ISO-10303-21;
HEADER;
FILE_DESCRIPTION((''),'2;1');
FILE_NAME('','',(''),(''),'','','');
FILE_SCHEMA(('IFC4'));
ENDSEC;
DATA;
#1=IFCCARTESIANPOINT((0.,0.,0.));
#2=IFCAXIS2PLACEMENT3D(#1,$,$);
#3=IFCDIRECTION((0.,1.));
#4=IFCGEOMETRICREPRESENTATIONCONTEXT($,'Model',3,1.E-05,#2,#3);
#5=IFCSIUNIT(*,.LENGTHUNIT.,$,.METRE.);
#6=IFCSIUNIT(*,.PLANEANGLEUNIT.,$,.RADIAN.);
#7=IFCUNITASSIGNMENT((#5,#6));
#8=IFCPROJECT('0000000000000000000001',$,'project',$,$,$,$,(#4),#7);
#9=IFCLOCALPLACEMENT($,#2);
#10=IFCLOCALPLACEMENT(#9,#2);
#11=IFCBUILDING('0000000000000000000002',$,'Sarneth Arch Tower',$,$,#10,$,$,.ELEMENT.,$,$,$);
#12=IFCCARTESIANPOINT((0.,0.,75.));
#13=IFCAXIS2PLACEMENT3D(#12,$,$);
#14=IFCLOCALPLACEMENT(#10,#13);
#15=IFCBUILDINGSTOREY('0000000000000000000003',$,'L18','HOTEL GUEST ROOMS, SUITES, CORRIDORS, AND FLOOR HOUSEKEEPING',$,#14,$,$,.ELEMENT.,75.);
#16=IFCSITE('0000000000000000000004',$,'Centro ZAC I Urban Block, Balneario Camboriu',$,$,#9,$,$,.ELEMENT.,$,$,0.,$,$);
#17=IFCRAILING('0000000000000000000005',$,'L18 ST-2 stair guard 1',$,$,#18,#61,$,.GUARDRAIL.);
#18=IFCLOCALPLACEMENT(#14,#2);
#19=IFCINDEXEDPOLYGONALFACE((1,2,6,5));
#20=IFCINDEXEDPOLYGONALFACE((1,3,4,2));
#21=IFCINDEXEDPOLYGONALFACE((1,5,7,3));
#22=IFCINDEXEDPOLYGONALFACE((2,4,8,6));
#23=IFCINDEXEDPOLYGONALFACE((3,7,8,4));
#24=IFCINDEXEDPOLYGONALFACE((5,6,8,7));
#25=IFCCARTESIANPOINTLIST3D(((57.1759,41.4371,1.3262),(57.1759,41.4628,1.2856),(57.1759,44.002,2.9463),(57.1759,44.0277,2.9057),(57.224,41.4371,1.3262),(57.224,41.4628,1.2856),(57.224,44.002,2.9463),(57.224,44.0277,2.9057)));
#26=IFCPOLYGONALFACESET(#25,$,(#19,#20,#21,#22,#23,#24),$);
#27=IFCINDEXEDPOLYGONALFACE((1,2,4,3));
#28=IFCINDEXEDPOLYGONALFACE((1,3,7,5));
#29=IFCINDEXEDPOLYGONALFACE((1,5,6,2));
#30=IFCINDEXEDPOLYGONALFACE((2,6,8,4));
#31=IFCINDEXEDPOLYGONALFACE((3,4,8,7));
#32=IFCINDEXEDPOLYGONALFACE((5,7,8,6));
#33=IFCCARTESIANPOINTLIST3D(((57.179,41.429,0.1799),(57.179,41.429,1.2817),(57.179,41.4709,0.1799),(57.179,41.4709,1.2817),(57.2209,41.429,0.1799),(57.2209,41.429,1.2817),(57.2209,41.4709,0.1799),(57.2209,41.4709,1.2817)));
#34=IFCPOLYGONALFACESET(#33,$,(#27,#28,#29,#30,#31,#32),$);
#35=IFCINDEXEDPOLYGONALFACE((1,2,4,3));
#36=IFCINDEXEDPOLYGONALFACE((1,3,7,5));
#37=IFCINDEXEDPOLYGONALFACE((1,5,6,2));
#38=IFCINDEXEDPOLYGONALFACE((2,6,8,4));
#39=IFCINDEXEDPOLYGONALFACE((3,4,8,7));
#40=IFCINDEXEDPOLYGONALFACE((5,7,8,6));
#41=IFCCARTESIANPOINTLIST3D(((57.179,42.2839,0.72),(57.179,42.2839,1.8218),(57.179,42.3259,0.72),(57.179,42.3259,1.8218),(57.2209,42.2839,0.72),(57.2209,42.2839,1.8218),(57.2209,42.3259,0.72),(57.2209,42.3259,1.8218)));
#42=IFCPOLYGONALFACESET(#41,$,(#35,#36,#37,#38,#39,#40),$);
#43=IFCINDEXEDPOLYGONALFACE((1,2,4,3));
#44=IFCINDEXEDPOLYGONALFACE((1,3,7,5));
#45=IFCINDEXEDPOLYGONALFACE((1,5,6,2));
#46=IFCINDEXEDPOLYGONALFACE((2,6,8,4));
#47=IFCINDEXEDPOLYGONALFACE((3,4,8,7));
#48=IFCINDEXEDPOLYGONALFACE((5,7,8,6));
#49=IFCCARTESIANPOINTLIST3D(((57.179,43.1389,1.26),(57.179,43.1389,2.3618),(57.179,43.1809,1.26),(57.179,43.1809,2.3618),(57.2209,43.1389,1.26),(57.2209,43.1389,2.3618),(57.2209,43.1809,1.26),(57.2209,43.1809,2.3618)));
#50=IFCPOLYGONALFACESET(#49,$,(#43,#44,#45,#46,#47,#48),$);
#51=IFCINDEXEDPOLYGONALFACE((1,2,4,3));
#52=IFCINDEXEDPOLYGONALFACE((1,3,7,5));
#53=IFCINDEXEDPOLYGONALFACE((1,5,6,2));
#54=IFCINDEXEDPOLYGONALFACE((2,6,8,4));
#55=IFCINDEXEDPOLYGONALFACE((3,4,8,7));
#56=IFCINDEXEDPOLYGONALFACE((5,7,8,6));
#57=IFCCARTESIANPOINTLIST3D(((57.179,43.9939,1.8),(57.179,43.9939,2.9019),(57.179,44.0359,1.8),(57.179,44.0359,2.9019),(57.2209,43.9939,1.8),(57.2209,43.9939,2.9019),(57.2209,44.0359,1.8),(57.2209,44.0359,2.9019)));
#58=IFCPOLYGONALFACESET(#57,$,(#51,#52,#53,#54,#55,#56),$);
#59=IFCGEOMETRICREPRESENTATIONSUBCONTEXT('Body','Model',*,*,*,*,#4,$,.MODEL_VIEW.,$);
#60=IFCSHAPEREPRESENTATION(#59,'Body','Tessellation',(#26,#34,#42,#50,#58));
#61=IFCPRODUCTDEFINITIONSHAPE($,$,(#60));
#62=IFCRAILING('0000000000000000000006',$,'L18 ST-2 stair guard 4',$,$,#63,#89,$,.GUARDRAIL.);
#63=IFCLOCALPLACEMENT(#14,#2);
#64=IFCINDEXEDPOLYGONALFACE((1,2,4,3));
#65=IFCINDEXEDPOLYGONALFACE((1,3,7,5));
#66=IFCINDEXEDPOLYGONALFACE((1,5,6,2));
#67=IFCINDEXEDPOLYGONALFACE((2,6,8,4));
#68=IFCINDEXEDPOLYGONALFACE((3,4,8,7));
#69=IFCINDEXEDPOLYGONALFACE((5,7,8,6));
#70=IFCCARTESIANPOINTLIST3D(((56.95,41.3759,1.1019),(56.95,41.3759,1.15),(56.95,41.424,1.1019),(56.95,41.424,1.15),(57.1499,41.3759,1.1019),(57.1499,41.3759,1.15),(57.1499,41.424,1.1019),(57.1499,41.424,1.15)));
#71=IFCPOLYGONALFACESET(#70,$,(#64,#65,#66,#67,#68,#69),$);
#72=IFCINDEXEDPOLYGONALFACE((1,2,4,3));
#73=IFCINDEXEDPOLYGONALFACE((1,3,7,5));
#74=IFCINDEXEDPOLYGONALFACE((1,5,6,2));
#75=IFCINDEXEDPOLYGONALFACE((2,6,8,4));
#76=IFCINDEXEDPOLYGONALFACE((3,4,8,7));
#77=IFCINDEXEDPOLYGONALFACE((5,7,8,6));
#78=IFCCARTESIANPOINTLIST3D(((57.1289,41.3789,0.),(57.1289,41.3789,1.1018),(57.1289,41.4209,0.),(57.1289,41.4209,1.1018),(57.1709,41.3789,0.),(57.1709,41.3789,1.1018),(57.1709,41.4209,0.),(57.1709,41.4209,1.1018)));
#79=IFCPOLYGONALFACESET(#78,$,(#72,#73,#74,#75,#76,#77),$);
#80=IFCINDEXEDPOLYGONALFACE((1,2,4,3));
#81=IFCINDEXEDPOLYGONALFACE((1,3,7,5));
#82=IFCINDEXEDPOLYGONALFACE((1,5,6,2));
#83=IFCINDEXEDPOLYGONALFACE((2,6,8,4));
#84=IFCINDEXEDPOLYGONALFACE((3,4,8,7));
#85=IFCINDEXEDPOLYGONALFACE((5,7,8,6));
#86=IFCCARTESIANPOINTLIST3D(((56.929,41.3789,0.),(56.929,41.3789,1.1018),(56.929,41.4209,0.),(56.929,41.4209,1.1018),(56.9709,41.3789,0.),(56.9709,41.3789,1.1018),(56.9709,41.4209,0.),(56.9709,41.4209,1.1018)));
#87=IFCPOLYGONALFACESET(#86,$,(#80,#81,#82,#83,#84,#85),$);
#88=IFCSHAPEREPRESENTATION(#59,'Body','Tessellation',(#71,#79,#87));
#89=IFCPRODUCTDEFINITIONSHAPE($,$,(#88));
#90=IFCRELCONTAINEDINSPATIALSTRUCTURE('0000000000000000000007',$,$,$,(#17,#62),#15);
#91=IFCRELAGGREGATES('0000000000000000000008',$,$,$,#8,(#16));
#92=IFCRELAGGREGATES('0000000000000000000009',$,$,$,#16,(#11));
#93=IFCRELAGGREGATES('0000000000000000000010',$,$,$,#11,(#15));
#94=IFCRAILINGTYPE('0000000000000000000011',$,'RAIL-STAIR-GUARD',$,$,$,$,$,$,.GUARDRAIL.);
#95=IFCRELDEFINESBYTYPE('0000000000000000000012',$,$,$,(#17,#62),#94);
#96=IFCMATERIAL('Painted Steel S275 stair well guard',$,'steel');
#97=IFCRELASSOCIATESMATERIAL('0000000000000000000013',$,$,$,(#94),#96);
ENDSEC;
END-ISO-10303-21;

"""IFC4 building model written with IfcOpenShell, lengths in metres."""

from ifc_helpers import new_model, si_unit, direction, frame, origin, origin_2d, place, context, subcontext, project, spatial, rectangle, extrude, material, type_object, element, save


model = new_model("IFC4")

# Units and contexts
model_context = context("Model", 3, precision=1e-05, world=origin(), true_north=direction((0.0, 1.0)))
body_context = subcontext(model_context, "Body", "Model", "MODEL_VIEW")
ifc_project = project(units=[si_unit("LENGTHUNIT", "METRE"), si_unit("PLANEANGLEUNIT", "RADIAN")], contexts=[model_context])

# Site, building, storey
site_placement = place(None, origin())
site = spatial("IfcSite", under=ifc_project, at=site_placement, Name="Centro ZAC I Urban Block, Balneario Camboriu", CompositionType="ELEMENT", RefElevation=0.0)
building_placement = place(site_placement, origin())
building = spatial("IfcBuilding", under=site, at=building_placement, Name="Sarneth Arch Tower", CompositionType="ELEMENT")
storey_placement = place(building_placement, frame((0.0, 0.0, 75.0)))
storey = spatial("IfcBuildingStorey", under=building, at=storey_placement, Name="L18", Description="HOTEL GUEST ROOMS, SUITES, CORRIDORS, AND FLOOR HOUSEKEEPING", CompositionType="ELEMENT", Elevation=75.0)

# Railings
ifc_material_1 = material(Name="Painted Steel S275 stair well guard", Category="steel")
railing_type_1 = type_object("IfcRailingType", Name="RAIL-STAIR-GUARD", PredefinedType="GUARDRAIL", material=ifc_material_1)
railing_1_placement = place(storey_placement, frame((57.2, 41.45, 0.1799)))
element("IfcRailing", 1, at=railing_1_placement, inside=storey, type_object=railing_type_1, Name="L18 ST-2 stair guard 1", PredefinedType="GUARDRAIL", context=body_context, shape_type="SweptSolid", body=[
    extrude(rectangle(XDim=0.0481, YDim=0.0481, at=origin_2d()), frame((0.0, 0.0, 1.126), z_axis=(0.0, 0.845466, 0.534029), x_axis=(-1.0, 0.0, 0.0)), (0.0, 0.0, 1.0), 3.0337),
    extrude(rectangle(XDim=0.042, YDim=0.042, at=origin_2d()), origin(), (0.0, 0.0, 1.0), 1.1018),
    extrude(rectangle(XDim=0.042, YDim=0.042, at=origin_2d()), frame((0.0, 0.855, 0.54)), (0.0, 0.0, 1.0), 1.1018),
    extrude(rectangle(XDim=0.042, YDim=0.042, at=origin_2d()), frame((0.0, 1.71, 1.0801)), (0.0, 0.0, 1.0), 1.1018),
    extrude(rectangle(XDim=0.042, YDim=0.042, at=origin_2d()), frame((0.0, 2.5649, 1.6201)), (0.0, 0.0, 1.0), 1.1018),
])
railing_2_placement = place(storey_placement, frame((57.1499, 41.3999, 0.0)))
element("IfcRailing", 2, at=railing_2_placement, inside=storey, type_object=railing_type_1, Name="L18 ST-2 stair guard 4", PredefinedType="GUARDRAIL", context=body_context, shape_type="SweptSolid", body=[
    extrude(rectangle(XDim=0.0481, YDim=0.0481, at=origin_2d()), frame((0.0, 0.0, 1.126), z_axis=(-1.0, 0.0, 0.0), x_axis=(0.0, -1.0, 0.0)), (0.0, 0.0, 1.0), 0.2),
    extrude(rectangle(XDim=0.042, YDim=0.042, at=origin_2d()), origin(), (0.0, 0.0, 1.0), 1.1018),
    extrude(rectangle(XDim=0.042, YDim=0.042, at=origin_2d()), frame((-0.2, 0.0, 0.0)), (0.0, 0.0, 1.0), 1.1018),
])

save(model, "model.ifc")
